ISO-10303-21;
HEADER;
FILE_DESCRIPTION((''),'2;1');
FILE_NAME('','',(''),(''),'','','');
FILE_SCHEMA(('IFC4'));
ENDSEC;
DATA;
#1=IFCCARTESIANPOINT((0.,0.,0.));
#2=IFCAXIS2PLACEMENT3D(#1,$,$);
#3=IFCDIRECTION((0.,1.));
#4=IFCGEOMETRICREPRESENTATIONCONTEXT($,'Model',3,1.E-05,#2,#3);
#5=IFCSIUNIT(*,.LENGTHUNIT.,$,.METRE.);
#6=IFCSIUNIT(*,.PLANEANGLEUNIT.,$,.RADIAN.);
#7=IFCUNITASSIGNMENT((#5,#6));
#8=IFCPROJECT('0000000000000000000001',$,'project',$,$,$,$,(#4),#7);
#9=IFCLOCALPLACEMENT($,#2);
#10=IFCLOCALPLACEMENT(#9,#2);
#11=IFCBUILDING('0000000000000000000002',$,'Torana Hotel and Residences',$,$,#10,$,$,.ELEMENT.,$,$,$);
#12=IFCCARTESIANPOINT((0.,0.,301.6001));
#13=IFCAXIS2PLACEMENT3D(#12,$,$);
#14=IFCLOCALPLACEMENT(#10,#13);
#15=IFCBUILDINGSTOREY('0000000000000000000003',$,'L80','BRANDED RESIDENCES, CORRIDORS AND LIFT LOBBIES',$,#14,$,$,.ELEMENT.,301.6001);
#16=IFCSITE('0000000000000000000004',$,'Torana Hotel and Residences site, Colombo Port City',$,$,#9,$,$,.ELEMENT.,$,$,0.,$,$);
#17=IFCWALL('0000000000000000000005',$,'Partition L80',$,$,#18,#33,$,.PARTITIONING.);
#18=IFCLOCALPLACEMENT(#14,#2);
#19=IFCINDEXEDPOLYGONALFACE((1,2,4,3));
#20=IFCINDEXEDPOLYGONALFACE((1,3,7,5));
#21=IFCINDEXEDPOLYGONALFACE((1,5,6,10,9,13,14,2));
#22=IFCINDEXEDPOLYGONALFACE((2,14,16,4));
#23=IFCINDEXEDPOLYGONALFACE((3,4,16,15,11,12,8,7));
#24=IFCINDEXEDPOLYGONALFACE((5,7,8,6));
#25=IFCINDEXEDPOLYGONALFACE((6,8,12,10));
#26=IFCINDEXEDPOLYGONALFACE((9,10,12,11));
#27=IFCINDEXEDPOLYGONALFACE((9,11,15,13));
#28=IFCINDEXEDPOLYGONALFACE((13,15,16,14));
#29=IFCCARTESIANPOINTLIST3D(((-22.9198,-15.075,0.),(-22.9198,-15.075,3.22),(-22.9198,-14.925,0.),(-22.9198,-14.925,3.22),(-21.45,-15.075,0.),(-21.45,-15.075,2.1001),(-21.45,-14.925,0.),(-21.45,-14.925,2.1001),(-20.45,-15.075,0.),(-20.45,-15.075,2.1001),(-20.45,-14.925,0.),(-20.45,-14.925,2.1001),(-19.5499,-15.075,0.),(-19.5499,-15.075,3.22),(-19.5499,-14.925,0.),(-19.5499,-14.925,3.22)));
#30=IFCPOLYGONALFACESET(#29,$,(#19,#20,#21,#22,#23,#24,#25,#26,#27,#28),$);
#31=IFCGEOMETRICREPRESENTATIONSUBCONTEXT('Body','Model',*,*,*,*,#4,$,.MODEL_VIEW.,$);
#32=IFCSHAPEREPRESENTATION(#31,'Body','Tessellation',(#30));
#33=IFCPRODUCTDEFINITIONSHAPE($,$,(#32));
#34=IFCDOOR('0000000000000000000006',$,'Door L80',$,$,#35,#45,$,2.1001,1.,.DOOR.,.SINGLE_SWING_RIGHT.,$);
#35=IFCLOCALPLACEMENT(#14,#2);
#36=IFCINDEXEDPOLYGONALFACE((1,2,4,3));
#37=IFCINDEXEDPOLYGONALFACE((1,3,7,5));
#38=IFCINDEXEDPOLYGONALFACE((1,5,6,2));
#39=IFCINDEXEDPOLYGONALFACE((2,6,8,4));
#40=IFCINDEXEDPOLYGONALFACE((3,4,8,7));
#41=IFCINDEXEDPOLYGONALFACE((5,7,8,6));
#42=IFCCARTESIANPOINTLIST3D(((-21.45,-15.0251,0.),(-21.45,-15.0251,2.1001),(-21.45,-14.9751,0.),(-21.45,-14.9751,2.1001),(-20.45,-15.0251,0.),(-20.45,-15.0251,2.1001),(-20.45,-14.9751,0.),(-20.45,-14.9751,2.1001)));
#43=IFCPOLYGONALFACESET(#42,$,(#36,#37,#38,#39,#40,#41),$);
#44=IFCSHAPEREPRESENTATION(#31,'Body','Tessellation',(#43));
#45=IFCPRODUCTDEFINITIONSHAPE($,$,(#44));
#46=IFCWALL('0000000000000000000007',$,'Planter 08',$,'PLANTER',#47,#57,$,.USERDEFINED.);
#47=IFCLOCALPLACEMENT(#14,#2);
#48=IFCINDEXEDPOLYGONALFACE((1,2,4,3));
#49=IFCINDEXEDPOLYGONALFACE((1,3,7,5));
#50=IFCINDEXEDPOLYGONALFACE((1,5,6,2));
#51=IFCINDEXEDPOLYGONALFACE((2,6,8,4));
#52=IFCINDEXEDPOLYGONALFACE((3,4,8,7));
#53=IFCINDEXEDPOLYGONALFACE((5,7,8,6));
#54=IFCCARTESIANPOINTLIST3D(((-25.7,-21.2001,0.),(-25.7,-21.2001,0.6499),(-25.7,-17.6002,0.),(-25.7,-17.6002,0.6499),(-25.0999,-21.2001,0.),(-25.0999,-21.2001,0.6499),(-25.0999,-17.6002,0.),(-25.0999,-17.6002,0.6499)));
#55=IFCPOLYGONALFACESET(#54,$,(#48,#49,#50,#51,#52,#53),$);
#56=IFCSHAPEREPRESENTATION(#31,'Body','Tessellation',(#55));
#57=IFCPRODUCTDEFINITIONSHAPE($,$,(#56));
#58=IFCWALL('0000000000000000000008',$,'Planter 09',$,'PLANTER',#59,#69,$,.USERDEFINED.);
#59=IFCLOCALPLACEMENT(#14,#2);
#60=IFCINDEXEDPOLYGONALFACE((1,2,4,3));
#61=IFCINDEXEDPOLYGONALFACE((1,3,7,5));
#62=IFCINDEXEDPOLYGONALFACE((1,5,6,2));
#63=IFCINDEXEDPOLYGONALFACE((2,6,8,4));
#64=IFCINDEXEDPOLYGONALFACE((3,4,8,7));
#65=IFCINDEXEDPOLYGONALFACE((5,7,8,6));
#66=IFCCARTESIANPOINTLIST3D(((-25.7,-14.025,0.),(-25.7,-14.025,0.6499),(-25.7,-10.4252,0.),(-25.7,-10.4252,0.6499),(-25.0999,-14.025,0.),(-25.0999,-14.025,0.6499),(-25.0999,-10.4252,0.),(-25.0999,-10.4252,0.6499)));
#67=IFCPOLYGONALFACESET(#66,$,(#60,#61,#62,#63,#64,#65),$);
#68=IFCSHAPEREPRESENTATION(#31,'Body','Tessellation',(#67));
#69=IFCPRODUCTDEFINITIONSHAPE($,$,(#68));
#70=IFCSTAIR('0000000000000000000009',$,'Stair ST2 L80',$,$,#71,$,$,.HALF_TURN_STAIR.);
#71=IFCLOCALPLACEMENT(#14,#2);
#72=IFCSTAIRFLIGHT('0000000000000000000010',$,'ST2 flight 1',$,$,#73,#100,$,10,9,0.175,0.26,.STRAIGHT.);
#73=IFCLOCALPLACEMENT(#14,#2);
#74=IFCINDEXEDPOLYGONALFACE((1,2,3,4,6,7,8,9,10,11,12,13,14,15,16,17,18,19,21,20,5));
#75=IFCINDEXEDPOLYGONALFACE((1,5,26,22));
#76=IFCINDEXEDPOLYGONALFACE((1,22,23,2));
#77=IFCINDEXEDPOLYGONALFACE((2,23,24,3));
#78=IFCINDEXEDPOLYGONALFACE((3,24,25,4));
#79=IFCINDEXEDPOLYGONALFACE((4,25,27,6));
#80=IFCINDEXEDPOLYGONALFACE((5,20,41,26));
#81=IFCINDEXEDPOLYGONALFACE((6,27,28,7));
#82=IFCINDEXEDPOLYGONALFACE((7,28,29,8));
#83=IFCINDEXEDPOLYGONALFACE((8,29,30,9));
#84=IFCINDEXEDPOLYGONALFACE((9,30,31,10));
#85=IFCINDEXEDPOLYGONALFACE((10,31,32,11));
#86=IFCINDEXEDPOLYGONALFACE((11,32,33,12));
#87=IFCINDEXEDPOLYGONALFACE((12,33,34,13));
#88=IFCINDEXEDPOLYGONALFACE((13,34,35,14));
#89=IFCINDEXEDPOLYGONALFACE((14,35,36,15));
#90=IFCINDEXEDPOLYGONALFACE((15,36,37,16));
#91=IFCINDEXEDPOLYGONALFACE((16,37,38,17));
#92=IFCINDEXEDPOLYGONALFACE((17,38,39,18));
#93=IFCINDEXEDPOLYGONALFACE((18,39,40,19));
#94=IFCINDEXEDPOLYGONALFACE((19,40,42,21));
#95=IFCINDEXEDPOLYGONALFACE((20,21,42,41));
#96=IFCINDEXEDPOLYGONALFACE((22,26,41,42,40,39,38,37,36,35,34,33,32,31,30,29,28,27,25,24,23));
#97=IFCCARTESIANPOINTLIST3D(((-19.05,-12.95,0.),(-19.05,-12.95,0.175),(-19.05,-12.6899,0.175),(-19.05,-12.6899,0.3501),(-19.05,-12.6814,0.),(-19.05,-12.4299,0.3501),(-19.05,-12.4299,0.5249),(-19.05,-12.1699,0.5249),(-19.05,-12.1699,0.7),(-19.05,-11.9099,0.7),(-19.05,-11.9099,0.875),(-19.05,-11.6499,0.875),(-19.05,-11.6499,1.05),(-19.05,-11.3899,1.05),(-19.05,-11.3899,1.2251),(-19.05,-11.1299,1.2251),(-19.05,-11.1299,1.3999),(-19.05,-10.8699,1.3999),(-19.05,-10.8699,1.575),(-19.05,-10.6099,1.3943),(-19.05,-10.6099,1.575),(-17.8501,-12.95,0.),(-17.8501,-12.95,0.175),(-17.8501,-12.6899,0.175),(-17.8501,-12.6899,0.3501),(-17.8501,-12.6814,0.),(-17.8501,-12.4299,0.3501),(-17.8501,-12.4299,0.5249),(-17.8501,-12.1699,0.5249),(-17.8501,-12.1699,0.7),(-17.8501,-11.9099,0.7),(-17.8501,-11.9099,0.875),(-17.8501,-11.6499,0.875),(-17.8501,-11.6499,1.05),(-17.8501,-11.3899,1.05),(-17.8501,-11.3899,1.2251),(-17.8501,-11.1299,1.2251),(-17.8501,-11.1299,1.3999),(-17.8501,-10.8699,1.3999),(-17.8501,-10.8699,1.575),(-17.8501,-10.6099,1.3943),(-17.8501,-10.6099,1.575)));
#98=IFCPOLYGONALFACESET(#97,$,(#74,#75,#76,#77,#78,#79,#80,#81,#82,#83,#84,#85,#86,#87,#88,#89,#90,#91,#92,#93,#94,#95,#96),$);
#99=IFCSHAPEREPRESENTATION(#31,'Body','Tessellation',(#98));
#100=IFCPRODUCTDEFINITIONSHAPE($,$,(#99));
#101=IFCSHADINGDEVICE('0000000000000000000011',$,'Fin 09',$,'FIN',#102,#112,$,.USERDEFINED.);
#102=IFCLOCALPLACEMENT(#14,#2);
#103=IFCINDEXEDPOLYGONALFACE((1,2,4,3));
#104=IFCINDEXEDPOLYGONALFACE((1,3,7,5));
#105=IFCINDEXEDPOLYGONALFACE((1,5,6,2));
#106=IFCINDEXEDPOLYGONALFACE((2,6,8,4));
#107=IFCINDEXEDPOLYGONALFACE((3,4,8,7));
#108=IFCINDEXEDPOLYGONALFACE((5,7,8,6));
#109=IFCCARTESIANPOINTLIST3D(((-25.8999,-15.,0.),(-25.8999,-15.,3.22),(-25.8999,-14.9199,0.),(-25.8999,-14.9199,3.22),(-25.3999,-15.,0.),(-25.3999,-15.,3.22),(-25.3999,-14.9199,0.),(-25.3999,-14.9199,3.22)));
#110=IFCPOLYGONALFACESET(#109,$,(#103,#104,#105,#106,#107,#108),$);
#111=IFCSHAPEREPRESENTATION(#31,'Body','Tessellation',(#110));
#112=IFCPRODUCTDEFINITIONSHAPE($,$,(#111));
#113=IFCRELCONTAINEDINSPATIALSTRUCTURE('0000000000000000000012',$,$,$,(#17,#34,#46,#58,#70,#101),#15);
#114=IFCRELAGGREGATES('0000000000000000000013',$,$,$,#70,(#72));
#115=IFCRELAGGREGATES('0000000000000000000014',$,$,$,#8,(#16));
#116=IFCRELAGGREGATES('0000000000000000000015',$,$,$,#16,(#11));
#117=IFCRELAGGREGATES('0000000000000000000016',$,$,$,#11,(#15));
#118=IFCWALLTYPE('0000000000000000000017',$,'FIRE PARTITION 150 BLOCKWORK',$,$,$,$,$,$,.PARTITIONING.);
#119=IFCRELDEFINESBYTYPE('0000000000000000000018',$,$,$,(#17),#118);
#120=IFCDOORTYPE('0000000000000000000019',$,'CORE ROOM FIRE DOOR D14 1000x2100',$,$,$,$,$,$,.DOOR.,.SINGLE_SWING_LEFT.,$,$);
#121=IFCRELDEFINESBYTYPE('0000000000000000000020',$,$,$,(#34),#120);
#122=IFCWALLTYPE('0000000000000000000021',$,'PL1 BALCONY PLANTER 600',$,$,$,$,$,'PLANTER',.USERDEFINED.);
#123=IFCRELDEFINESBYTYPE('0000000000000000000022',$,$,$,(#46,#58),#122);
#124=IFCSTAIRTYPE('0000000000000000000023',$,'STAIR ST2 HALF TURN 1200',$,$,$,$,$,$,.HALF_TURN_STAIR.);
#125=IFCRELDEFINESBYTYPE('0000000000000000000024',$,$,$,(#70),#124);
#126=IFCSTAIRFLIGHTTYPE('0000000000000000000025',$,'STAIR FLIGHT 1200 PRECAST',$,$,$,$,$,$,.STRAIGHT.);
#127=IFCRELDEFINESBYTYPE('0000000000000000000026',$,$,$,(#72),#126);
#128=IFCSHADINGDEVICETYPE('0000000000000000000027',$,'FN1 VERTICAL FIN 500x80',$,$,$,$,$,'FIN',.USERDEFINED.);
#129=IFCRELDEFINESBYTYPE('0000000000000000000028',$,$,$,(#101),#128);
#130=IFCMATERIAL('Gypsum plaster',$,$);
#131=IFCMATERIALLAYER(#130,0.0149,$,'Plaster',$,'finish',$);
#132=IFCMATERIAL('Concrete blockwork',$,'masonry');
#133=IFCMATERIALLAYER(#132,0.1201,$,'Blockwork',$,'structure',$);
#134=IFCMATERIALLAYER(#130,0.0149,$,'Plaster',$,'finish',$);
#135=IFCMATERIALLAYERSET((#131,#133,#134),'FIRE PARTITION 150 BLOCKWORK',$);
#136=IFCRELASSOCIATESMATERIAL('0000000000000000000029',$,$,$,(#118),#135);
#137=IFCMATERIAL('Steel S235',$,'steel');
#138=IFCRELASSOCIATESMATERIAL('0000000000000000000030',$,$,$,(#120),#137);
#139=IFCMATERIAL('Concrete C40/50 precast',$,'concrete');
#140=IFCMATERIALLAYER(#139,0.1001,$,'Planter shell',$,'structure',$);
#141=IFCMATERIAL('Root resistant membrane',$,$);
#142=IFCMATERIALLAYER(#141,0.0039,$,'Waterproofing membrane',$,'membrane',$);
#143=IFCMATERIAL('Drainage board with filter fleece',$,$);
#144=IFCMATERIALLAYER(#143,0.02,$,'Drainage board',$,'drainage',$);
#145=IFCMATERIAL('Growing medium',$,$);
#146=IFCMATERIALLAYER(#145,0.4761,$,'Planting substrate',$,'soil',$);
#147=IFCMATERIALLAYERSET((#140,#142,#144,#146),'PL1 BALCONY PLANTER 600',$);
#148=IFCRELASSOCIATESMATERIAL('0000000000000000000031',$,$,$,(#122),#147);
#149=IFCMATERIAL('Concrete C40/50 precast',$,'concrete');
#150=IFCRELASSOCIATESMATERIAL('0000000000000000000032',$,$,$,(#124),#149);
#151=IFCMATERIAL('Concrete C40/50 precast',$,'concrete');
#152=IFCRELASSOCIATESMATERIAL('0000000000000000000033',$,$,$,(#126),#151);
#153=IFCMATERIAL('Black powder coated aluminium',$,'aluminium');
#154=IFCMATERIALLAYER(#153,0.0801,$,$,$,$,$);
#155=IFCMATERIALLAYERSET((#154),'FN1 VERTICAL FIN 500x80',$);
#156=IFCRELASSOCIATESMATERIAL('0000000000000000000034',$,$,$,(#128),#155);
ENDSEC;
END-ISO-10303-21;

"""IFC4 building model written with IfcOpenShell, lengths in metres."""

from ifc_helpers import new_model, si_unit, direction, frame, frame_2d, origin, origin_2d, place, context, subcontext, project, spatial, polyline, rectangle, outline, extrude, material, layer, layer_set, type_object, element, fill, aggregate, save


model = new_model("IFC4")

# Units and contexts
model_context = context("Model", 3, precision=1e-05, world=origin(), true_north=direction((0.0, 1.0)))
body_context = subcontext(model_context, "Body", "Model", "MODEL_VIEW")
ifc_project = project(units=[si_unit("LENGTHUNIT", "METRE"), si_unit("PLANEANGLEUNIT", "RADIAN")], contexts=[model_context])

# Site, building, storey
site_placement = place(None, origin())
site = spatial("IfcSite", under=ifc_project, at=site_placement, Name="Torana Hotel and Residences site, Colombo Port City", CompositionType="ELEMENT", RefElevation=0.0)
building_placement = place(site_placement, origin())
building = spatial("IfcBuilding", under=site, at=building_placement, Name="Torana Hotel and Residences", CompositionType="ELEMENT")
storey_placement = place(building_placement, frame((0.0, 0.0, 301.6001)))
storey = spatial("IfcBuildingStorey", under=building, at=storey_placement, Name="L80", Description="BRANDED RESIDENCES, CORRIDORS AND LIFT LOBBIES", CompositionType="ELEMENT", Elevation=301.6001)

# Shared definitions
ifc_material_1 = material(Name="Gypsum plaster")
ifc_layer_1 = layer(ifc_material_1, 0.0149, Name="Plaster", Category="finish")
ifc_material_2 = material(Name="Concrete blockwork", Category="masonry")
ifc_layer_2 = layer(ifc_material_2, 0.1201, Name="Blockwork", Category="structure")
ifc_layer_3 = layer(ifc_material_1, 0.0149, Name="Plaster", Category="finish")
ifc_layer_set_1 = layer_set([ifc_layer_1, ifc_layer_2, ifc_layer_3], Name="FIRE PARTITION 150 BLOCKWORK")
wall_type_1 = type_object("IfcWallType", Name="FIRE PARTITION 150 BLOCKWORK", PredefinedType="PARTITIONING", material=ifc_layer_set_1)

# Wall, opening, door
wall_1_placement = place(storey_placement, frame((-22.9199, -15.0, 0.0), z_axis=(0.0, 0.0, 1.0), x_axis=(1.0, 0.0, 0.0)))
wall_1 = element("IfcWall", 1, at=wall_1_placement, inside=storey, type_object=wall_type_1, Name="Partition L80", PredefinedType="PARTITIONING", context=body_context, shape_type="SweptSolid", body=[
    extrude(rectangle(XDim=3.3699, YDim=0.1499, at=frame_2d((1.6851, 0.0))), origin(), (0.0, 0.0, 1.0), 3.22),
])
opening_1_placement = place(wall_1_placement, frame((1.47, 0.0, 0.0)))
opening_1 = element("IfcOpeningElement", 2, at=opening_1_placement, cuts=wall_1, PredefinedType="OPENING", context=body_context, shape_type="SweptSolid", body=[
    extrude(rectangle(XDim=1.0, YDim=2.1001, at=frame_2d((0.5, 1.05))), frame((0.0, 0.085, 0.0), z_axis=(0.0, -1.0, 0.0), x_axis=(1.0, 0.0, 0.0)), (0.0, 0.0, 1.0), 0.1699),
])
ifc_material_3 = material(Name="Steel S235", Category="steel")
door_type_1 = type_object("IfcDoorType", Name="CORE ROOM FIRE DOOR D14 1000x2100", OperationType="SINGLE_SWING_LEFT", PredefinedType="DOOR", material=ifc_material_3)
door_1_placement = place(opening_1_placement, origin())
door_1 = element("IfcDoor", 3, at=door_1_placement, inside=storey, type_object=door_type_1, Name="Door L80", OperationType="SINGLE_SWING_RIGHT", OverallHeight=2.1001, OverallWidth=1.0, PredefinedType="DOOR", context=body_context, shape_type="SweptSolid", body=[
    extrude(rectangle(XDim=1.0, YDim=2.1001, at=frame_2d((0.5, 1.05))), frame((0.0, 0.0249, 0.0), z_axis=(0.0, -1.0, 0.0), x_axis=(1.0, 0.0, 0.0)), (0.0, 0.0, 1.0), 0.05),
])
fill(opening_1, door_1)

# Walls
ifc_material_4 = material(Name="Concrete C40/50 precast", Category="concrete")
ifc_layer_4 = layer(ifc_material_4, 0.1001, Name="Planter shell", Category="structure")
ifc_material_5 = material(Name="Root resistant membrane")
ifc_layer_5 = layer(ifc_material_5, 0.0039, Name="Waterproofing membrane", Category="membrane")
ifc_material_6 = material(Name="Drainage board with filter fleece")
ifc_layer_6 = layer(ifc_material_6, 0.02, Name="Drainage board", Category="drainage")
ifc_material_7 = material(Name="Growing medium")
ifc_layer_7 = layer(ifc_material_7, 0.4761, Name="Planting substrate", Category="soil")
ifc_layer_set_2 = layer_set([ifc_layer_4, ifc_layer_5, ifc_layer_6, ifc_layer_7], Name="PL1 BALCONY PLANTER 600")
wall_type_2 = type_object("IfcWallType", Name="PL1 BALCONY PLANTER 600", ElementType="PLANTER", PredefinedType="USERDEFINED", material=ifc_layer_set_2)
for number, where, z_axis, x_axis, name in (
    (4, (-25.3999, -21.2, 0.0), (0.0, 0.0, 1.0), (0.0, 1.0, 0.0), "Planter 08"),
    (5, (-25.3999, -14.0249, 0.0), (0.0, 0.0, 1.0), (0.0, 1.0, 0.0), "Planter 09"),
):
    element("IfcWall", number, at=place(storey_placement, frame(where, z_axis=z_axis, x_axis=x_axis)), inside=storey, type_object=wall_type_2, Name=name, ObjectType="PLANTER", PredefinedType="USERDEFINED", context=body_context, shape_type="SweptSolid", body=[
        extrude(rectangle(XDim=3.5999, YDim=0.6001, at=frame_2d((1.7998, 0.0))), origin(), (0.0, 0.0, 1.0), 0.6499),
    ])

# Stair, stair flight
ifc_material_8 = material(Name="Concrete C40/50 precast", Category="concrete")
stair_type = type_object("IfcStairType", Name="STAIR ST2 HALF TURN 1200", PredefinedType="HALF_TURN_STAIR", material=ifc_material_8)
stair_placement = place(storey_placement, origin())
stair = element("IfcStair", 6, at=stair_placement, inside=storey, type_object=stair_type, Name="Stair ST2 L80", PredefinedType="HALF_TURN_STAIR")
ifc_material_9 = material(Name="Concrete C40/50 precast", Category="concrete")
stair_flight_type = type_object("IfcStairFlightType", Name="STAIR FLIGHT 1200 PRECAST", PredefinedType="STRAIGHT", material=ifc_material_9)
stair_flight_placement = place(storey_placement, frame((-18.45, -12.95, 0.0), z_axis=(0.0, 0.0, 1.0), x_axis=(0.0, 1.0, 0.0)))
stair_flight = element("IfcStairFlight", 7, at=stair_flight_placement, type_object=stair_flight_type, Name="ST2 flight 1", NumberOfRisers=10, NumberOfTreads=9, PredefinedType="STRAIGHT", RiserHeight=0.175, TreadLength=0.26, context=body_context, shape_type="SweptSolid", body=[
    extrude(outline(polyline([(0.0, 0.0), (0.0, 0.175), (0.26, 0.175), (0.26, 0.3501), (0.52, 0.3501), (0.52, 0.5249), (0.78, 0.5249), (0.78, 0.7), (1.04, 0.7), (1.04, 0.875), (1.3, 0.875), (1.3, 1.05), (1.5601, 1.05), (1.5601, 1.2251), (1.8201, 1.2251), (1.8201, 1.3999), (2.0801, 1.3999), (2.0801, 1.575), (2.3401, 1.575), (2.3401, 1.75), (2.3401, 1.3943), (0.2686, 0.0), (0.0, 0.0)])), frame((0.0, 0.6001, 0.0), z_axis=(0.0, -1.0, 0.0), x_axis=(1.0, 0.0, 0.0)), (0.0, 0.0, 1.0), 1.2),
])
aggregate(stair, [stair_flight])

# Shading device
ifc_material_10 = material(Name="Black powder coated aluminium", Category="aluminium")
ifc_layer_8 = layer(ifc_material_10, 0.0801)
ifc_layer_set_3 = layer_set([ifc_layer_8], Name="FN1 VERTICAL FIN 500x80")
shading_device_type = type_object("IfcShadingDeviceType", Name="FN1 VERTICAL FIN 500x80", ElementType="FIN", PredefinedType="USERDEFINED", material=ifc_layer_set_3)
shading_device_placement = place(storey_placement, frame((-25.6499, -14.96, 0.0), z_axis=(0.0, 0.0, 1.0), x_axis=(0.0, 1.0, 0.0)))
element("IfcShadingDevice", 8, at=shading_device_placement, inside=storey, type_object=shading_device_type, Name="Fin 09", ObjectType="FIN", PredefinedType="USERDEFINED", context=body_context, shape_type="SweptSolid", body=[
    extrude(rectangle(XDim=0.0801, YDim=0.5, at=origin_2d()), origin(), (0.0, 0.0, 1.0), 3.22),
])

save(model, "model.ifc")
